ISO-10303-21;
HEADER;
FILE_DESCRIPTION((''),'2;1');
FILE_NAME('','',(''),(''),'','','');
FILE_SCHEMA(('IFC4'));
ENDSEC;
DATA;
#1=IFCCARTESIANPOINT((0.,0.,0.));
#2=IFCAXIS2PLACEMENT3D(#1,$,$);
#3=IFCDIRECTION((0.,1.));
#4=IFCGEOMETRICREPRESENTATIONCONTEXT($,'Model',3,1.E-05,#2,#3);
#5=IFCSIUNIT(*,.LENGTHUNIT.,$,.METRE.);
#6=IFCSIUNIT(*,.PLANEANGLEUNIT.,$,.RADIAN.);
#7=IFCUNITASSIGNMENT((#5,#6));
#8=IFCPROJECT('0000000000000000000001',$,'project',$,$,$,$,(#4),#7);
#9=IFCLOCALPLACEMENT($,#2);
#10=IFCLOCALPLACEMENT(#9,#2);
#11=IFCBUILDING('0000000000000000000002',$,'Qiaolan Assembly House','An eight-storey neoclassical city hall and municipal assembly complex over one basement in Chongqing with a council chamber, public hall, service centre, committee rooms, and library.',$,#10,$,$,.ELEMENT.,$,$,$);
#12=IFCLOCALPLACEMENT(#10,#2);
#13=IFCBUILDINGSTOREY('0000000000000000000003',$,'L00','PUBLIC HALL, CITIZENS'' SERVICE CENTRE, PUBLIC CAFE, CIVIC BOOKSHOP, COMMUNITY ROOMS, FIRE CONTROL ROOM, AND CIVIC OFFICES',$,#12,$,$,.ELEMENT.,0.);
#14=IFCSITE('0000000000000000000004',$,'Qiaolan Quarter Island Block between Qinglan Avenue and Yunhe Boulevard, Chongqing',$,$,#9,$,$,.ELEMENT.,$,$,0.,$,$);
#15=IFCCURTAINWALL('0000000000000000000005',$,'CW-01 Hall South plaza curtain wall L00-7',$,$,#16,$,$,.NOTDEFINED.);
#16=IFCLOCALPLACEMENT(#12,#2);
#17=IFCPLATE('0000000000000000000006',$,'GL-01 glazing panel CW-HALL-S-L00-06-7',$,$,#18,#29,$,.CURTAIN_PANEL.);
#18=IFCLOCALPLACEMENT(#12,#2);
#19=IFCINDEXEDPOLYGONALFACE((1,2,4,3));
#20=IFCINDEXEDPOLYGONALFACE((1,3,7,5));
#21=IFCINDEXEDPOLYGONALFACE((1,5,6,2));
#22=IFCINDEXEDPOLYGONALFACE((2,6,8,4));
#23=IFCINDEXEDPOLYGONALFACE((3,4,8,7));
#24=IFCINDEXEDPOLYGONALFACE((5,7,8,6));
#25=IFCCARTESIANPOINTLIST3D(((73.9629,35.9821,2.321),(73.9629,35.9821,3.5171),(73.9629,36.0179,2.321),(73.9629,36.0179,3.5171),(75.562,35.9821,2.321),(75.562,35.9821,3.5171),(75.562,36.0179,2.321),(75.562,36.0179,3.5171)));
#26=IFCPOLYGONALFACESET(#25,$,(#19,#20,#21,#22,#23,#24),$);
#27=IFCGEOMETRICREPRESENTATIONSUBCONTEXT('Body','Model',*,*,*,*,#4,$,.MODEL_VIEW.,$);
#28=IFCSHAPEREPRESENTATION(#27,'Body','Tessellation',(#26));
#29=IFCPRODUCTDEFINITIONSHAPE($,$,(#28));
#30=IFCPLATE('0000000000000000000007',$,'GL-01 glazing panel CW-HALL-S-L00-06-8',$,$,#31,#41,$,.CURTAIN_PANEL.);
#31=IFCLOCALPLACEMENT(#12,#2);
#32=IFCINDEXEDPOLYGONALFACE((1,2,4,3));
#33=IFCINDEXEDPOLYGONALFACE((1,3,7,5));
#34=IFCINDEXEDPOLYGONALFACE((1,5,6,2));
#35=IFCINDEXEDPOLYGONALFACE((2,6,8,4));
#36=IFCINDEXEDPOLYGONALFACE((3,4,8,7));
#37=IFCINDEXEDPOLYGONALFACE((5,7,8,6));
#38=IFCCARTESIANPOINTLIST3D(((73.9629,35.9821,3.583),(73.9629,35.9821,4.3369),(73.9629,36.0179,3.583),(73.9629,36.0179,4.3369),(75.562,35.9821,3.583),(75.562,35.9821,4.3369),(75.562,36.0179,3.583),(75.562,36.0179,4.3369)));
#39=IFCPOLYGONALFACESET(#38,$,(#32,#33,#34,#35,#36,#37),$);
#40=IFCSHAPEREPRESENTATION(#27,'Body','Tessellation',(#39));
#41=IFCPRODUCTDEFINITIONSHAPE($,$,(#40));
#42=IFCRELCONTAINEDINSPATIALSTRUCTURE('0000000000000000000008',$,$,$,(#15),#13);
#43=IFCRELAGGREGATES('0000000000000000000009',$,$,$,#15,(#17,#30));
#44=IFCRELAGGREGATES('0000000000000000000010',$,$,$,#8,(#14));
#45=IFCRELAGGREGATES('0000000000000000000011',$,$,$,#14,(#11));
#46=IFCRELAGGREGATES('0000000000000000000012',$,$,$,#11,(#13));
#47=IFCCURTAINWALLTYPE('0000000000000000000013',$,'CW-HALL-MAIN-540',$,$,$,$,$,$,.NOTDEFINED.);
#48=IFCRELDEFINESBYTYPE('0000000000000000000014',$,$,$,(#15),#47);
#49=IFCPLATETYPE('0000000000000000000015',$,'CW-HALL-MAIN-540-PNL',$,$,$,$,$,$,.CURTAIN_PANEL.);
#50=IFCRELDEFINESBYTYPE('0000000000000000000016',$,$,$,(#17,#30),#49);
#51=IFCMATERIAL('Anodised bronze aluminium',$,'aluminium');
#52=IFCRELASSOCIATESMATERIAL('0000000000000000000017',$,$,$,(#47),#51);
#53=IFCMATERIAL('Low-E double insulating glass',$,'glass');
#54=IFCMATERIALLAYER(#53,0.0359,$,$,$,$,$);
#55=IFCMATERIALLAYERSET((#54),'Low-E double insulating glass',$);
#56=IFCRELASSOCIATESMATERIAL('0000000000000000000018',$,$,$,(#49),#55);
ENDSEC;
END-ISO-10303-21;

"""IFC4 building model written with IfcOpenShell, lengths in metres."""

from ifc_helpers import new_model, si_unit, direction, frame, frame_2d, origin, place, context, subcontext, project, spatial, rectangle, extrude, material, layer, layer_set, type_object, element, aggregate, save


model = new_model("IFC4")

# Units and contexts
model_context = context("Model", 3, precision=1e-05, world=origin(), true_north=direction((0.0, 1.0)))
body_context = subcontext(model_context, "Body", "Model", "MODEL_VIEW")
ifc_project = project(units=[si_unit("LENGTHUNIT", "METRE"), si_unit("PLANEANGLEUNIT", "RADIAN")], contexts=[model_context])

# Site, building, storey
site_placement = place(None, origin())
site = spatial("IfcSite", under=ifc_project, at=site_placement, Name="Qiaolan Quarter Island Block between Qinglan Avenue and Yunhe Boulevard, Chongqing", CompositionType="ELEMENT", RefElevation=0.0)
building_placement = place(site_placement, origin())
building = spatial("IfcBuilding", under=site, at=building_placement, Name="Qiaolan Assembly House", Description="An eight-storey neoclassical city hall and municipal assembly complex over one basement in Chongqing with a council chamber, public hall, service centre, committee rooms, and library.", CompositionType="ELEMENT")
storey_placement = place(building_placement, origin())
storey = spatial("IfcBuildingStorey", under=building, at=storey_placement, Name="L00", Description="PUBLIC HALL, CITIZENS' SERVICE CENTRE, PUBLIC CAFE, CIVIC BOOKSHOP, COMMUNITY ROOMS, FIRE CONTROL ROOM, AND CIVIC OFFICES", CompositionType="ELEMENT", Elevation=0.0)

# Shared definitions
ifc_material_1 = material(Name="Anodised bronze aluminium", Category="aluminium")
curtain_wall_type = type_object("IfcCurtainWallType", Name="CW-HALL-MAIN-540", PredefinedType="NOTDEFINED", material=ifc_material_1)

# Curtain wall
curtain_wall_1_placement = place(storey_placement, origin())
curtain_wall_1 = element("IfcCurtainWall", 1, at=curtain_wall_1_placement, inside=storey, type_object=curtain_wall_type, Name="CW-01 Hall South plaza curtain wall L00-7", PredefinedType="NOTDEFINED")

# Plates
ifc_material_2 = material(Name="Low-E double insulating glass", Category="glass")
ifc_layer = layer(ifc_material_2, 0.0359)
ifc_layer_set = layer_set([ifc_layer], Name="Low-E double insulating glass")
plate_type = type_object("IfcPlateType", Name="CW-HALL-MAIN-540-PNL", PredefinedType="CURTAIN_PANEL", material=ifc_layer_set)
plate_1_placement = place(storey_placement, frame((73.9629, 36.0, 2.321), z_axis=(0.0, 0.0, 1.0), x_axis=(1.0, 0.0, 0.0)))
plate_1 = element("IfcPlate", 2, at=plate_1_placement, type_object=plate_type, Name="GL-01 glazing panel CW-HALL-S-L00-06-7", PredefinedType="CURTAIN_PANEL", context=body_context, shape_type="SweptSolid", body=[
    extrude(rectangle(XDim=1.5991, YDim=0.0359, at=frame_2d((0.7996, 0.0))), origin(), (0.0, 0.0, 1.0), 1.196),
])
plate_2_placement = place(storey_placement, frame((73.9629, 36.0, 3.583), z_axis=(0.0, 0.0, 1.0), x_axis=(1.0, 0.0, 0.0)))
plate_2 = element("IfcPlate", 3, at=plate_2_placement, type_object=plate_type, Name="GL-01 glazing panel CW-HALL-S-L00-06-8", PredefinedType="CURTAIN_PANEL", context=body_context, shape_type="SweptSolid", body=[
    extrude(rectangle(XDim=1.5991, YDim=0.0359, at=frame_2d((0.7996, 0.0))), origin(), (0.0, 0.0, 1.0), 0.7539),
])
aggregate(curtain_wall_1, [plate_1, plate_2])

save(model, "model.ifc")
